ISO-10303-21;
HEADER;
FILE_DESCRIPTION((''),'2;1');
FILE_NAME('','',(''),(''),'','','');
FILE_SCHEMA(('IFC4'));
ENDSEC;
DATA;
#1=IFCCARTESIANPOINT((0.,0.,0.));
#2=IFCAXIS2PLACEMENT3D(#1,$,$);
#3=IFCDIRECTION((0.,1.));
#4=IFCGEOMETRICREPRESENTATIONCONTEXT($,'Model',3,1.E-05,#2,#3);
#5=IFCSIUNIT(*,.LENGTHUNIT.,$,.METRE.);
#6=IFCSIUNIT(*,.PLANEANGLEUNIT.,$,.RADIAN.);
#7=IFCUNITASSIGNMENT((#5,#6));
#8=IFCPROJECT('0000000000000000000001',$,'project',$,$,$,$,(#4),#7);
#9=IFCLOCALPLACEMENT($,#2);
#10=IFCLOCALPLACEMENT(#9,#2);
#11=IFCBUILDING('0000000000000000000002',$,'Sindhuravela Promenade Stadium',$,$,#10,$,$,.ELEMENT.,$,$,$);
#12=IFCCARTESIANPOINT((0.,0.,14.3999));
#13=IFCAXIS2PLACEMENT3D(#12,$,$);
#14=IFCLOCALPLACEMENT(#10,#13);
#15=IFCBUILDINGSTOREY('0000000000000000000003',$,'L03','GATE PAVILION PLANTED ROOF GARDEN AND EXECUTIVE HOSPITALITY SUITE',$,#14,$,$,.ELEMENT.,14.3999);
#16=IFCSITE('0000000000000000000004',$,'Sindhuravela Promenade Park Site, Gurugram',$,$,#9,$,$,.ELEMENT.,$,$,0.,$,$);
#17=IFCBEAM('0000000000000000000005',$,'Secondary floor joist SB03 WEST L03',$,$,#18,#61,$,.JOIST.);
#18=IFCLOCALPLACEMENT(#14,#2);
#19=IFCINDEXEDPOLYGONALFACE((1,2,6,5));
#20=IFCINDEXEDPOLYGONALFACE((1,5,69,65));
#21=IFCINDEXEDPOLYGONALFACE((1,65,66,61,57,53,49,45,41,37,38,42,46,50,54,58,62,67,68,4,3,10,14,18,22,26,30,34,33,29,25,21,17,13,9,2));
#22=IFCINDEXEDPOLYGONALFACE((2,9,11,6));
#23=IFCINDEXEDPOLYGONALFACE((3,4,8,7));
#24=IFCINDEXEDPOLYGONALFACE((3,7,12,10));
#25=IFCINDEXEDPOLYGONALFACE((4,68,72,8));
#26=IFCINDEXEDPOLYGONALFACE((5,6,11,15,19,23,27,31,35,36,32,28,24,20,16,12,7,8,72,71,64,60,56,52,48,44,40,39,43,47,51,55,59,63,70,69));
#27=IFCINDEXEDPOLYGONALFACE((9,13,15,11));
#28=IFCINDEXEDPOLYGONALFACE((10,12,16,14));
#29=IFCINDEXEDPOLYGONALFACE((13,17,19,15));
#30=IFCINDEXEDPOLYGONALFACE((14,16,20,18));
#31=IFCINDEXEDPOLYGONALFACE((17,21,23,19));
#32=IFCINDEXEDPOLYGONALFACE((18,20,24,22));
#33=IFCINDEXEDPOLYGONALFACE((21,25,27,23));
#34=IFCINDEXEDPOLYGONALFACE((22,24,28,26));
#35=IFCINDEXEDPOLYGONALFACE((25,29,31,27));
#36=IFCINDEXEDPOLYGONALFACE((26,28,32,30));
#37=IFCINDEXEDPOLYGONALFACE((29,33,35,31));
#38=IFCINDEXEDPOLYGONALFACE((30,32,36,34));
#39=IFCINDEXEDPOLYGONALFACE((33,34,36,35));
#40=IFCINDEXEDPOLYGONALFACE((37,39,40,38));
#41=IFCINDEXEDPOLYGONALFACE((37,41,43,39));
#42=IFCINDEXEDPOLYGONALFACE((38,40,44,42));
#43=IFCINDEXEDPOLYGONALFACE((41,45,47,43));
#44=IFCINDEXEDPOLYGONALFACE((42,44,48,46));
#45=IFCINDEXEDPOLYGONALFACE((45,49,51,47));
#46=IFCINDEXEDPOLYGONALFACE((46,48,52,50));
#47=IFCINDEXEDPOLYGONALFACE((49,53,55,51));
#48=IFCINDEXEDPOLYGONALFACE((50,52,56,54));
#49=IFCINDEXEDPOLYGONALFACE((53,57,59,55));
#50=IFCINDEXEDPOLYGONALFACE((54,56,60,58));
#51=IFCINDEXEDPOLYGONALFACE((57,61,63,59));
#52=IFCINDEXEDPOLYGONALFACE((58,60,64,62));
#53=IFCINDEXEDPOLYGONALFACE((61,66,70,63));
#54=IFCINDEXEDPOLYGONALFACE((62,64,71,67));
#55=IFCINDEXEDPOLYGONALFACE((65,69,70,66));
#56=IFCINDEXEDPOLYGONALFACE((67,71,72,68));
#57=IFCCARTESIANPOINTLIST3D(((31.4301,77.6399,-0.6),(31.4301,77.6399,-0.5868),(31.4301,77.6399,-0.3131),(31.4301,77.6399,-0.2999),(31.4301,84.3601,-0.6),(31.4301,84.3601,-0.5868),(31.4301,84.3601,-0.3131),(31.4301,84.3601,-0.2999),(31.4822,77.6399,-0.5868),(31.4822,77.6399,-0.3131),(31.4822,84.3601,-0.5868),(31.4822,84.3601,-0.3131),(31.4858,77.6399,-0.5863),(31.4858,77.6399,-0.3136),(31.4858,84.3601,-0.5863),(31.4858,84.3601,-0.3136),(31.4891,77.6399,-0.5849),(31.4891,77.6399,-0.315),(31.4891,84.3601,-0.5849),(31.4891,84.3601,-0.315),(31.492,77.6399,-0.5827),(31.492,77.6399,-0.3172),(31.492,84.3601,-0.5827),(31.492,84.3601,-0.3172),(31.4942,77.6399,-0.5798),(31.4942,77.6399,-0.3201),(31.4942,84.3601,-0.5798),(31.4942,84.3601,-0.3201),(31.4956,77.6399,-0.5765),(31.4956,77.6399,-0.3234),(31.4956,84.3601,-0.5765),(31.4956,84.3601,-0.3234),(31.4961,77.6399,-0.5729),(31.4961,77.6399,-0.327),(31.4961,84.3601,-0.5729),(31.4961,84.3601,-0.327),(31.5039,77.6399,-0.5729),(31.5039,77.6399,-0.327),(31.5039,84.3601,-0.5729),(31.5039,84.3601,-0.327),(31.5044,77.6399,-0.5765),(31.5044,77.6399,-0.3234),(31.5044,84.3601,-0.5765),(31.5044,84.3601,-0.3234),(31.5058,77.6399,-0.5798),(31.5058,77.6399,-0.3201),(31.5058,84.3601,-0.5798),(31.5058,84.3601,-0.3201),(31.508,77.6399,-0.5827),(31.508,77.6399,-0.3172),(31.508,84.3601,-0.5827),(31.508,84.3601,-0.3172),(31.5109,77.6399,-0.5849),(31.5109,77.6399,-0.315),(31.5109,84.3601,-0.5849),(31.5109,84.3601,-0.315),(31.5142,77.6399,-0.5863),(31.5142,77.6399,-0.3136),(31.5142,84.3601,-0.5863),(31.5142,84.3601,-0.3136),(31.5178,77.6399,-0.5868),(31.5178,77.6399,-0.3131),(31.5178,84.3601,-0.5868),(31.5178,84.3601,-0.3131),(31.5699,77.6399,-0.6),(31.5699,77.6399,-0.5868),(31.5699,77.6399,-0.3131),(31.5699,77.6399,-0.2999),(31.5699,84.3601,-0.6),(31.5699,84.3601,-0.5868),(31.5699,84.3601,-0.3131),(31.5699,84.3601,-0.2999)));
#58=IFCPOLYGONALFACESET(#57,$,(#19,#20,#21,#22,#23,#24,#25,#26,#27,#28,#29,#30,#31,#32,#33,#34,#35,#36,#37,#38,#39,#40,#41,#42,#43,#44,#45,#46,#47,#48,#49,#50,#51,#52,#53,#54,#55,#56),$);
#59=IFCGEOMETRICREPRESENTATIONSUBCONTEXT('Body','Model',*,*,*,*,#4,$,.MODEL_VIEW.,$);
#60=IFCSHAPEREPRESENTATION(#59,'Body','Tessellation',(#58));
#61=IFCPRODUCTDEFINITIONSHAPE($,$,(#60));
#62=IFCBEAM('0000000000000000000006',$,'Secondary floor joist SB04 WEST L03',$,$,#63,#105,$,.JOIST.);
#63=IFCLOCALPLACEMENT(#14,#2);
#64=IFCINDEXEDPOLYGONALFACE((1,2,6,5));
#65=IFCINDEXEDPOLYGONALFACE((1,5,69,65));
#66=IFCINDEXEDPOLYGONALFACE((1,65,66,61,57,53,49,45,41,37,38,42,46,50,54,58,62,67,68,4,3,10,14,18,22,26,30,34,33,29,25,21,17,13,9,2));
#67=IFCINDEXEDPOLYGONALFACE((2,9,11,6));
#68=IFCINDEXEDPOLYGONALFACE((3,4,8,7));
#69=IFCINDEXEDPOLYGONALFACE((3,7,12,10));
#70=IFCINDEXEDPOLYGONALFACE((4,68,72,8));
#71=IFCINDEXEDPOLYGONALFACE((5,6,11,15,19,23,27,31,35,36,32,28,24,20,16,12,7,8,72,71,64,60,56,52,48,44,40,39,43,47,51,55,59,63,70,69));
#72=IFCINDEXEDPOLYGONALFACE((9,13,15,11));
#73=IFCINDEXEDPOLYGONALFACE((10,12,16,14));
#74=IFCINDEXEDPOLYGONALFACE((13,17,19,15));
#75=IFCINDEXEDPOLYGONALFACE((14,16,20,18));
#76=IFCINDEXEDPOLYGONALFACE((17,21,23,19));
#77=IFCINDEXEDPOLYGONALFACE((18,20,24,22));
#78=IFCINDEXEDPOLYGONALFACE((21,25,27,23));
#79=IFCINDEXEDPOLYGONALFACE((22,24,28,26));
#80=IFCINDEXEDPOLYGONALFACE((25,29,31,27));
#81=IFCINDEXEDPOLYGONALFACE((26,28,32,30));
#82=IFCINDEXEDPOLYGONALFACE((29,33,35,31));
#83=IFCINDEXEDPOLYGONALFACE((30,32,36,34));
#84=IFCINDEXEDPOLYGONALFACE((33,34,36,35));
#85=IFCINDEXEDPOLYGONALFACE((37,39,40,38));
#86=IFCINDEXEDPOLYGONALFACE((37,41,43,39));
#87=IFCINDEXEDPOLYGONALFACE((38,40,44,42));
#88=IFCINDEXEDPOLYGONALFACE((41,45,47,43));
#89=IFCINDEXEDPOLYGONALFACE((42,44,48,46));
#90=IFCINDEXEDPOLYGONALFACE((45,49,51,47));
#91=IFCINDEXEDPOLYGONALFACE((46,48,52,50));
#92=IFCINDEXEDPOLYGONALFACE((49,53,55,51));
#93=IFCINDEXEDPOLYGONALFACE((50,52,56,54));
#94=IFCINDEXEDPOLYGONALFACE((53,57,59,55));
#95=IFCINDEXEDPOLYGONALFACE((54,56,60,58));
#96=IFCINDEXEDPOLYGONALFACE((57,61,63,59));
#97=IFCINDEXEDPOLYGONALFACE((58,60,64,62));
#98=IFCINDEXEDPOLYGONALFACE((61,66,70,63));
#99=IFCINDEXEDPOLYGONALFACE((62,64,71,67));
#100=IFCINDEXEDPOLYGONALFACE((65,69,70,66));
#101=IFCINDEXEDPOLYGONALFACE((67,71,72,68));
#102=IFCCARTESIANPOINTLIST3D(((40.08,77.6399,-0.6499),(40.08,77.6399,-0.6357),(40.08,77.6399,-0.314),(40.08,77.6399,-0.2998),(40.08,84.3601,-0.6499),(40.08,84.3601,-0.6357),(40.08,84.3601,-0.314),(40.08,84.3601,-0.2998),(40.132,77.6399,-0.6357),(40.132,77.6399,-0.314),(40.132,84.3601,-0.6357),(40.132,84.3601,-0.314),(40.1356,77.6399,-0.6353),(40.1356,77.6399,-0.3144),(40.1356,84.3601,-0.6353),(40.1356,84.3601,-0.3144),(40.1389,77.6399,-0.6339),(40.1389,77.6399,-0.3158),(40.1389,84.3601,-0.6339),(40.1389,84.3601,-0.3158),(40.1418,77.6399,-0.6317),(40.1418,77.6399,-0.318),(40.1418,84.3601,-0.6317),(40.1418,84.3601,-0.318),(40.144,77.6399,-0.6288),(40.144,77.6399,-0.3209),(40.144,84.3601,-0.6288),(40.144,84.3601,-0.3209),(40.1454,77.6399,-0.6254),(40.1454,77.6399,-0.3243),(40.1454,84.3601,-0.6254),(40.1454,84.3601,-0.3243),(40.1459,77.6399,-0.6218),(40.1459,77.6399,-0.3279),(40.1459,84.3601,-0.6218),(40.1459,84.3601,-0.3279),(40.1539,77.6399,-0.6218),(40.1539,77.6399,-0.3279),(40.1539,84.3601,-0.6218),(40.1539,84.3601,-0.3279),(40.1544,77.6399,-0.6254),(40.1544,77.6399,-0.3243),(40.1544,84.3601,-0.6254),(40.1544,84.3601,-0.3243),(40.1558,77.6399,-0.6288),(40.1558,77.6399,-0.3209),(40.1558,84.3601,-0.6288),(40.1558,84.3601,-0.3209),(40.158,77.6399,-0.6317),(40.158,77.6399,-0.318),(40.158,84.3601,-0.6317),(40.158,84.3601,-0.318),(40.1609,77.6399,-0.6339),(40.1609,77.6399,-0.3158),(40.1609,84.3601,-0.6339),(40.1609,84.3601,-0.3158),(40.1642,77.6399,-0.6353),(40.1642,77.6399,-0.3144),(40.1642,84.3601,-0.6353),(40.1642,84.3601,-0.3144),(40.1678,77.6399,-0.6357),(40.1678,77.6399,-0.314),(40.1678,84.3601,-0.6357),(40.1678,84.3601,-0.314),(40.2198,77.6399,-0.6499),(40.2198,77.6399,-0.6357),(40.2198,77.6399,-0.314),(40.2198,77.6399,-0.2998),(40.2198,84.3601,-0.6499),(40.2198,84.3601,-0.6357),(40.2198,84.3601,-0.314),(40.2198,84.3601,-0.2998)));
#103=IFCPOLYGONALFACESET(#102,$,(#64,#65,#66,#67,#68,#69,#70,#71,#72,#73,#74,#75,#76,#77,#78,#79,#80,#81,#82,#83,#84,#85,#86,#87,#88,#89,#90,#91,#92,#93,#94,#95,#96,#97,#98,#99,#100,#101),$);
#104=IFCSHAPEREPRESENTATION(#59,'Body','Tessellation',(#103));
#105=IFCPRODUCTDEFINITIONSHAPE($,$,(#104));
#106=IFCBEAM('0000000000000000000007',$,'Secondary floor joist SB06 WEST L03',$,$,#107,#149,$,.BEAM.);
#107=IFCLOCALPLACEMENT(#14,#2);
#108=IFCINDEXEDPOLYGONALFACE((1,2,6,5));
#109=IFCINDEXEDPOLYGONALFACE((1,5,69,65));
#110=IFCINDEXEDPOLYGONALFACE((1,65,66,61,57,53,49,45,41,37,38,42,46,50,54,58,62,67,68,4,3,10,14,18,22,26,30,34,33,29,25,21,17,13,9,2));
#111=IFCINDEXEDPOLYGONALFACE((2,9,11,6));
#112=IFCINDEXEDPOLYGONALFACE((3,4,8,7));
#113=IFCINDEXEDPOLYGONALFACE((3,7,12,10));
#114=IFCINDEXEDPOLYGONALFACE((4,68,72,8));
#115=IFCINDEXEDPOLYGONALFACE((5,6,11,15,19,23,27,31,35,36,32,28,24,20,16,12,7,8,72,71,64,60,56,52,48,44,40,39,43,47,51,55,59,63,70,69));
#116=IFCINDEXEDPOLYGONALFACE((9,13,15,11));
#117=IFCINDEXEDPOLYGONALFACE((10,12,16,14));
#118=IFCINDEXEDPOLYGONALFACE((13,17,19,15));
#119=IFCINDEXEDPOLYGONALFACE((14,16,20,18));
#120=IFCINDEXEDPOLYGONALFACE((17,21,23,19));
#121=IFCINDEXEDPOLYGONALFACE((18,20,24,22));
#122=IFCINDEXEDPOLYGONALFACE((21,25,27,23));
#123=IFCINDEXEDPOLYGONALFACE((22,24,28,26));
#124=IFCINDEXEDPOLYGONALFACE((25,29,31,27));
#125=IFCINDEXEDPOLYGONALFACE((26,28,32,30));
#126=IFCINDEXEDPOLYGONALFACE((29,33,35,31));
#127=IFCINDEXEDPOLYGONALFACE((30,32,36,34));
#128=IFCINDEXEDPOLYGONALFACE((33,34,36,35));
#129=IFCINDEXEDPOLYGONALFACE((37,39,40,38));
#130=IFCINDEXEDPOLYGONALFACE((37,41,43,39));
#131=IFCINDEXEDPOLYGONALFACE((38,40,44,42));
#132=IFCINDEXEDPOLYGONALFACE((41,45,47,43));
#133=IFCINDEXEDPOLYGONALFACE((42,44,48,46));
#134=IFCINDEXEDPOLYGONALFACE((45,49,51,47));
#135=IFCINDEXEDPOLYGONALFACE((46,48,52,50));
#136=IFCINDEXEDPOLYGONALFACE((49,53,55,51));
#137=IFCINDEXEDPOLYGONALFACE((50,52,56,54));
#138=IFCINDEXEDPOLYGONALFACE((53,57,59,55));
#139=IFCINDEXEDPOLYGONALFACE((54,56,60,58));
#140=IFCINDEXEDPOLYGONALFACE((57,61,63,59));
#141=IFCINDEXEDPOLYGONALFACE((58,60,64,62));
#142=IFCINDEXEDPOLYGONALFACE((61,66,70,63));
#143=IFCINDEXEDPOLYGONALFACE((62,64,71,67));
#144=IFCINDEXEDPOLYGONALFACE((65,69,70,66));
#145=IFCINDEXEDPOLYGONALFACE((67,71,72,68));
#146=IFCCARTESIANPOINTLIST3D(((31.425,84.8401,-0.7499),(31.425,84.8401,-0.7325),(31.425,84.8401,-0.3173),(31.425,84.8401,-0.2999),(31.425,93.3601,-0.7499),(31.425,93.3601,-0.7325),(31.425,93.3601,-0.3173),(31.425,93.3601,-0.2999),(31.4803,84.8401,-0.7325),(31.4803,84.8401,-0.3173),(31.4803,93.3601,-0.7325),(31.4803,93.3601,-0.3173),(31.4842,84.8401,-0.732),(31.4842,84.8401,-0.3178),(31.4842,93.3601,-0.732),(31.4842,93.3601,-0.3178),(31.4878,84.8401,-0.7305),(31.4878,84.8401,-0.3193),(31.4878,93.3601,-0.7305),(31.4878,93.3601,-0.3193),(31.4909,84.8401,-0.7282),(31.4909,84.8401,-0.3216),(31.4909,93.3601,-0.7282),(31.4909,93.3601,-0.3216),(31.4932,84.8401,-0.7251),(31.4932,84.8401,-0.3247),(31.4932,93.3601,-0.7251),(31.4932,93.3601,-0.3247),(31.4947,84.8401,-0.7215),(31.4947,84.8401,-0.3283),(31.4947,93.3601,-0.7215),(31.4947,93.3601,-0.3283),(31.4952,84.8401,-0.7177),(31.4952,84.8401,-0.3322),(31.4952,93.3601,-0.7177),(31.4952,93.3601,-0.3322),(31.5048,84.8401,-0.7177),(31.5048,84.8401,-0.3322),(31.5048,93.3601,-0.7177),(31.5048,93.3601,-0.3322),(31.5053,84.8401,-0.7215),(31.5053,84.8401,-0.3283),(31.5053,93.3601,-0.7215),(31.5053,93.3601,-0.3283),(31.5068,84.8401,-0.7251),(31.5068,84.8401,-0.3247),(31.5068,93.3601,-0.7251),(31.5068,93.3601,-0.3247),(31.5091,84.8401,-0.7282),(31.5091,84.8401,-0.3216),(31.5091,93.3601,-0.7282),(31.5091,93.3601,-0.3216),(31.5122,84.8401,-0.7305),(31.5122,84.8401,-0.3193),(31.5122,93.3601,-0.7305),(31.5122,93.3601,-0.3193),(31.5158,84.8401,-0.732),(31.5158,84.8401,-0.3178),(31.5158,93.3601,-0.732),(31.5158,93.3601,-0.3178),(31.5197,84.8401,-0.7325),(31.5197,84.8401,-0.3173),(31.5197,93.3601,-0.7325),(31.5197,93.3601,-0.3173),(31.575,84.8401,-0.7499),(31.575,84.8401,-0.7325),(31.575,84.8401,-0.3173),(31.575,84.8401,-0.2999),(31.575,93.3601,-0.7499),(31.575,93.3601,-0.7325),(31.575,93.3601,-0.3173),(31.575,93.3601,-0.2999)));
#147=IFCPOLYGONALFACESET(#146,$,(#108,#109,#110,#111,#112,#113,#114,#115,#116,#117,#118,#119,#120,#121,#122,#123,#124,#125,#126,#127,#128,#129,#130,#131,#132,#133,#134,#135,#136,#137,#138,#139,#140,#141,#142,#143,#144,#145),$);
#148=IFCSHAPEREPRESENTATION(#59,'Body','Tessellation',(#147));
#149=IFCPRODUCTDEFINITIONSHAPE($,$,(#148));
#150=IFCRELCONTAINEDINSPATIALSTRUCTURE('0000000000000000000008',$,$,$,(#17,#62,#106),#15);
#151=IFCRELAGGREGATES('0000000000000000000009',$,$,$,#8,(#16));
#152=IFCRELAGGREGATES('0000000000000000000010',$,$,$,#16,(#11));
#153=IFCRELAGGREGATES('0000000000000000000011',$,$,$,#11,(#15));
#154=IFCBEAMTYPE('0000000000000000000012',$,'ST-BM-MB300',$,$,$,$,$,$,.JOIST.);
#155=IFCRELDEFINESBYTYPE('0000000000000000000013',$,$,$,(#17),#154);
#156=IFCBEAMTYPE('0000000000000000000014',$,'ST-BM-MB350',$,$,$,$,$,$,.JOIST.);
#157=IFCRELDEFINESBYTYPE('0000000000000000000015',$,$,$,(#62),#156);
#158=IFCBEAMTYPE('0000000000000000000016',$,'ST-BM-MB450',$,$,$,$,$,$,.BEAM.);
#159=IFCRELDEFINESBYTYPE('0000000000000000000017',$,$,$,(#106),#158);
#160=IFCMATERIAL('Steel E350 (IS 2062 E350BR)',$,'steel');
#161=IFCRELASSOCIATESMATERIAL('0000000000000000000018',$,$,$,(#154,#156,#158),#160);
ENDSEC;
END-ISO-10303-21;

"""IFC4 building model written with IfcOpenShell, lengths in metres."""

from ifc_helpers import new_model, si_unit, direction, frame, origin, origin_2d, place, context, subcontext, project, spatial, i_section, extrude, material, material_profile, profile_set, type_object, element, save


model = new_model("IFC4")

# Units and contexts
model_context = context("Model", 3, precision=1e-05, world=origin(), true_north=direction((0.0, 1.0)))
body_context = subcontext(model_context, "Body", "Model", "MODEL_VIEW")
ifc_project = project(units=[si_unit("LENGTHUNIT", "METRE"), si_unit("PLANEANGLEUNIT", "RADIAN")], contexts=[model_context])

# Site, building, storey
site_placement = place(None, origin())
site = spatial("IfcSite", under=ifc_project, at=site_placement, Name="Sindhuravela Promenade Park Site, Gurugram", CompositionType="ELEMENT", RefElevation=0.0)
building_placement = place(site_placement, origin())
building = spatial("IfcBuilding", under=site, at=building_placement, Name="Sindhuravela Promenade Stadium", CompositionType="ELEMENT")
storey_placement = place(building_placement, frame((0.0, 0.0, 14.3999)))
storey = spatial("IfcBuildingStorey", under=building, at=storey_placement, Name="L03", Description="GATE PAVILION PLANTED ROOF GARDEN AND EXECUTIVE HOSPITALITY SUITE", CompositionType="ELEMENT", Elevation=14.3999)

# Beams
ifc_material_1 = material(Name="Steel E350 (IS 2062 E350BR)", Category="steel")
ifc_material_profile_1 = material_profile(ifc_material_1, i_section(OverallWidth=0.1399, OverallDepth=0.3, WebThickness=0.0078, FlangeThickness=0.0132, FilletRadius=0.0139, at=origin_2d()), Name="ISMB 300")
ifc_profile_set_1 = profile_set([ifc_material_profile_1], Name="Steel E350 (IS 2062 E350BR)")
beam_type_1 = type_object("IfcBeamType", Name="ST-BM-MB300", PredefinedType="JOIST", material=ifc_profile_set_1)
beam_1_placement = place(storey_placement, frame((31.5, 77.6399, -0.45), z_axis=(0.0, 1.0, 0.0), x_axis=(-1.0, 0.0, 0.0)))
element("IfcBeam", 1, at=beam_1_placement, inside=storey, type_object=beam_type_1, Name="Secondary floor joist SB03 WEST L03", PredefinedType="JOIST", context=body_context, shape_type="SweptSolid", body=[
    extrude(i_section(OverallWidth=0.1399, OverallDepth=0.3, WebThickness=0.0078, FlangeThickness=0.0132, FilletRadius=0.0139, at=origin_2d()), origin(), (0.0, 0.0, 1.0), 6.7202),
])
ifc_material_profile_2 = material_profile(ifc_material_1, i_section(OverallWidth=0.1399, OverallDepth=0.3501, WebThickness=0.0081, FlangeThickness=0.0142, FilletRadius=0.0139, at=origin_2d()), Name="ISMB 350")
ifc_profile_set_2 = profile_set([ifc_material_profile_2], Name="Steel E350 (IS 2062 E350BR)")
beam_type_2 = type_object("IfcBeamType", Name="ST-BM-MB350", PredefinedType="JOIST", material=ifc_profile_set_2)
beam_2_placement = place(storey_placement, frame((40.1499, 77.6399, -0.4749), z_axis=(0.0, 1.0, 0.0), x_axis=(-1.0, 0.0, 0.0)))
element("IfcBeam", 2, at=beam_2_placement, inside=storey, type_object=beam_type_2, Name="Secondary floor joist SB04 WEST L03", PredefinedType="JOIST", context=body_context, shape_type="SweptSolid", body=[
    extrude(i_section(OverallWidth=0.1399, OverallDepth=0.3501, WebThickness=0.0081, FlangeThickness=0.0142, FilletRadius=0.0139, at=origin_2d()), origin(), (0.0, 0.0, 1.0), 6.7202),
])
ifc_material_profile_3 = material_profile(ifc_material_1, i_section(OverallWidth=0.1499, OverallDepth=0.45, WebThickness=0.0095, FlangeThickness=0.0173, FilletRadius=0.0149, at=origin_2d()), Name="ISMB 450")
ifc_profile_set_3 = profile_set([ifc_material_profile_3], Name="Steel E350 (IS 2062 E350BR)")
beam_type_3 = type_object("IfcBeamType", Name="ST-BM-MB450", PredefinedType="BEAM", material=ifc_profile_set_3)
beam_3_placement = place(storey_placement, frame((31.5, 84.8401, -0.5249), z_axis=(0.0, 1.0, 0.0), x_axis=(-1.0, 0.0, 0.0)))
element("IfcBeam", 3, at=beam_3_placement, inside=storey, type_object=beam_type_3, Name="Secondary floor joist SB06 WEST L03", PredefinedType="BEAM", context=body_context, shape_type="SweptSolid", body=[
    extrude(i_section(OverallWidth=0.1499, OverallDepth=0.45, WebThickness=0.0095, FlangeThickness=0.0173, FilletRadius=0.0149, at=origin_2d()), origin(), (0.0, 0.0, 1.0), 8.52),
])

save(model, "model.ifc")
